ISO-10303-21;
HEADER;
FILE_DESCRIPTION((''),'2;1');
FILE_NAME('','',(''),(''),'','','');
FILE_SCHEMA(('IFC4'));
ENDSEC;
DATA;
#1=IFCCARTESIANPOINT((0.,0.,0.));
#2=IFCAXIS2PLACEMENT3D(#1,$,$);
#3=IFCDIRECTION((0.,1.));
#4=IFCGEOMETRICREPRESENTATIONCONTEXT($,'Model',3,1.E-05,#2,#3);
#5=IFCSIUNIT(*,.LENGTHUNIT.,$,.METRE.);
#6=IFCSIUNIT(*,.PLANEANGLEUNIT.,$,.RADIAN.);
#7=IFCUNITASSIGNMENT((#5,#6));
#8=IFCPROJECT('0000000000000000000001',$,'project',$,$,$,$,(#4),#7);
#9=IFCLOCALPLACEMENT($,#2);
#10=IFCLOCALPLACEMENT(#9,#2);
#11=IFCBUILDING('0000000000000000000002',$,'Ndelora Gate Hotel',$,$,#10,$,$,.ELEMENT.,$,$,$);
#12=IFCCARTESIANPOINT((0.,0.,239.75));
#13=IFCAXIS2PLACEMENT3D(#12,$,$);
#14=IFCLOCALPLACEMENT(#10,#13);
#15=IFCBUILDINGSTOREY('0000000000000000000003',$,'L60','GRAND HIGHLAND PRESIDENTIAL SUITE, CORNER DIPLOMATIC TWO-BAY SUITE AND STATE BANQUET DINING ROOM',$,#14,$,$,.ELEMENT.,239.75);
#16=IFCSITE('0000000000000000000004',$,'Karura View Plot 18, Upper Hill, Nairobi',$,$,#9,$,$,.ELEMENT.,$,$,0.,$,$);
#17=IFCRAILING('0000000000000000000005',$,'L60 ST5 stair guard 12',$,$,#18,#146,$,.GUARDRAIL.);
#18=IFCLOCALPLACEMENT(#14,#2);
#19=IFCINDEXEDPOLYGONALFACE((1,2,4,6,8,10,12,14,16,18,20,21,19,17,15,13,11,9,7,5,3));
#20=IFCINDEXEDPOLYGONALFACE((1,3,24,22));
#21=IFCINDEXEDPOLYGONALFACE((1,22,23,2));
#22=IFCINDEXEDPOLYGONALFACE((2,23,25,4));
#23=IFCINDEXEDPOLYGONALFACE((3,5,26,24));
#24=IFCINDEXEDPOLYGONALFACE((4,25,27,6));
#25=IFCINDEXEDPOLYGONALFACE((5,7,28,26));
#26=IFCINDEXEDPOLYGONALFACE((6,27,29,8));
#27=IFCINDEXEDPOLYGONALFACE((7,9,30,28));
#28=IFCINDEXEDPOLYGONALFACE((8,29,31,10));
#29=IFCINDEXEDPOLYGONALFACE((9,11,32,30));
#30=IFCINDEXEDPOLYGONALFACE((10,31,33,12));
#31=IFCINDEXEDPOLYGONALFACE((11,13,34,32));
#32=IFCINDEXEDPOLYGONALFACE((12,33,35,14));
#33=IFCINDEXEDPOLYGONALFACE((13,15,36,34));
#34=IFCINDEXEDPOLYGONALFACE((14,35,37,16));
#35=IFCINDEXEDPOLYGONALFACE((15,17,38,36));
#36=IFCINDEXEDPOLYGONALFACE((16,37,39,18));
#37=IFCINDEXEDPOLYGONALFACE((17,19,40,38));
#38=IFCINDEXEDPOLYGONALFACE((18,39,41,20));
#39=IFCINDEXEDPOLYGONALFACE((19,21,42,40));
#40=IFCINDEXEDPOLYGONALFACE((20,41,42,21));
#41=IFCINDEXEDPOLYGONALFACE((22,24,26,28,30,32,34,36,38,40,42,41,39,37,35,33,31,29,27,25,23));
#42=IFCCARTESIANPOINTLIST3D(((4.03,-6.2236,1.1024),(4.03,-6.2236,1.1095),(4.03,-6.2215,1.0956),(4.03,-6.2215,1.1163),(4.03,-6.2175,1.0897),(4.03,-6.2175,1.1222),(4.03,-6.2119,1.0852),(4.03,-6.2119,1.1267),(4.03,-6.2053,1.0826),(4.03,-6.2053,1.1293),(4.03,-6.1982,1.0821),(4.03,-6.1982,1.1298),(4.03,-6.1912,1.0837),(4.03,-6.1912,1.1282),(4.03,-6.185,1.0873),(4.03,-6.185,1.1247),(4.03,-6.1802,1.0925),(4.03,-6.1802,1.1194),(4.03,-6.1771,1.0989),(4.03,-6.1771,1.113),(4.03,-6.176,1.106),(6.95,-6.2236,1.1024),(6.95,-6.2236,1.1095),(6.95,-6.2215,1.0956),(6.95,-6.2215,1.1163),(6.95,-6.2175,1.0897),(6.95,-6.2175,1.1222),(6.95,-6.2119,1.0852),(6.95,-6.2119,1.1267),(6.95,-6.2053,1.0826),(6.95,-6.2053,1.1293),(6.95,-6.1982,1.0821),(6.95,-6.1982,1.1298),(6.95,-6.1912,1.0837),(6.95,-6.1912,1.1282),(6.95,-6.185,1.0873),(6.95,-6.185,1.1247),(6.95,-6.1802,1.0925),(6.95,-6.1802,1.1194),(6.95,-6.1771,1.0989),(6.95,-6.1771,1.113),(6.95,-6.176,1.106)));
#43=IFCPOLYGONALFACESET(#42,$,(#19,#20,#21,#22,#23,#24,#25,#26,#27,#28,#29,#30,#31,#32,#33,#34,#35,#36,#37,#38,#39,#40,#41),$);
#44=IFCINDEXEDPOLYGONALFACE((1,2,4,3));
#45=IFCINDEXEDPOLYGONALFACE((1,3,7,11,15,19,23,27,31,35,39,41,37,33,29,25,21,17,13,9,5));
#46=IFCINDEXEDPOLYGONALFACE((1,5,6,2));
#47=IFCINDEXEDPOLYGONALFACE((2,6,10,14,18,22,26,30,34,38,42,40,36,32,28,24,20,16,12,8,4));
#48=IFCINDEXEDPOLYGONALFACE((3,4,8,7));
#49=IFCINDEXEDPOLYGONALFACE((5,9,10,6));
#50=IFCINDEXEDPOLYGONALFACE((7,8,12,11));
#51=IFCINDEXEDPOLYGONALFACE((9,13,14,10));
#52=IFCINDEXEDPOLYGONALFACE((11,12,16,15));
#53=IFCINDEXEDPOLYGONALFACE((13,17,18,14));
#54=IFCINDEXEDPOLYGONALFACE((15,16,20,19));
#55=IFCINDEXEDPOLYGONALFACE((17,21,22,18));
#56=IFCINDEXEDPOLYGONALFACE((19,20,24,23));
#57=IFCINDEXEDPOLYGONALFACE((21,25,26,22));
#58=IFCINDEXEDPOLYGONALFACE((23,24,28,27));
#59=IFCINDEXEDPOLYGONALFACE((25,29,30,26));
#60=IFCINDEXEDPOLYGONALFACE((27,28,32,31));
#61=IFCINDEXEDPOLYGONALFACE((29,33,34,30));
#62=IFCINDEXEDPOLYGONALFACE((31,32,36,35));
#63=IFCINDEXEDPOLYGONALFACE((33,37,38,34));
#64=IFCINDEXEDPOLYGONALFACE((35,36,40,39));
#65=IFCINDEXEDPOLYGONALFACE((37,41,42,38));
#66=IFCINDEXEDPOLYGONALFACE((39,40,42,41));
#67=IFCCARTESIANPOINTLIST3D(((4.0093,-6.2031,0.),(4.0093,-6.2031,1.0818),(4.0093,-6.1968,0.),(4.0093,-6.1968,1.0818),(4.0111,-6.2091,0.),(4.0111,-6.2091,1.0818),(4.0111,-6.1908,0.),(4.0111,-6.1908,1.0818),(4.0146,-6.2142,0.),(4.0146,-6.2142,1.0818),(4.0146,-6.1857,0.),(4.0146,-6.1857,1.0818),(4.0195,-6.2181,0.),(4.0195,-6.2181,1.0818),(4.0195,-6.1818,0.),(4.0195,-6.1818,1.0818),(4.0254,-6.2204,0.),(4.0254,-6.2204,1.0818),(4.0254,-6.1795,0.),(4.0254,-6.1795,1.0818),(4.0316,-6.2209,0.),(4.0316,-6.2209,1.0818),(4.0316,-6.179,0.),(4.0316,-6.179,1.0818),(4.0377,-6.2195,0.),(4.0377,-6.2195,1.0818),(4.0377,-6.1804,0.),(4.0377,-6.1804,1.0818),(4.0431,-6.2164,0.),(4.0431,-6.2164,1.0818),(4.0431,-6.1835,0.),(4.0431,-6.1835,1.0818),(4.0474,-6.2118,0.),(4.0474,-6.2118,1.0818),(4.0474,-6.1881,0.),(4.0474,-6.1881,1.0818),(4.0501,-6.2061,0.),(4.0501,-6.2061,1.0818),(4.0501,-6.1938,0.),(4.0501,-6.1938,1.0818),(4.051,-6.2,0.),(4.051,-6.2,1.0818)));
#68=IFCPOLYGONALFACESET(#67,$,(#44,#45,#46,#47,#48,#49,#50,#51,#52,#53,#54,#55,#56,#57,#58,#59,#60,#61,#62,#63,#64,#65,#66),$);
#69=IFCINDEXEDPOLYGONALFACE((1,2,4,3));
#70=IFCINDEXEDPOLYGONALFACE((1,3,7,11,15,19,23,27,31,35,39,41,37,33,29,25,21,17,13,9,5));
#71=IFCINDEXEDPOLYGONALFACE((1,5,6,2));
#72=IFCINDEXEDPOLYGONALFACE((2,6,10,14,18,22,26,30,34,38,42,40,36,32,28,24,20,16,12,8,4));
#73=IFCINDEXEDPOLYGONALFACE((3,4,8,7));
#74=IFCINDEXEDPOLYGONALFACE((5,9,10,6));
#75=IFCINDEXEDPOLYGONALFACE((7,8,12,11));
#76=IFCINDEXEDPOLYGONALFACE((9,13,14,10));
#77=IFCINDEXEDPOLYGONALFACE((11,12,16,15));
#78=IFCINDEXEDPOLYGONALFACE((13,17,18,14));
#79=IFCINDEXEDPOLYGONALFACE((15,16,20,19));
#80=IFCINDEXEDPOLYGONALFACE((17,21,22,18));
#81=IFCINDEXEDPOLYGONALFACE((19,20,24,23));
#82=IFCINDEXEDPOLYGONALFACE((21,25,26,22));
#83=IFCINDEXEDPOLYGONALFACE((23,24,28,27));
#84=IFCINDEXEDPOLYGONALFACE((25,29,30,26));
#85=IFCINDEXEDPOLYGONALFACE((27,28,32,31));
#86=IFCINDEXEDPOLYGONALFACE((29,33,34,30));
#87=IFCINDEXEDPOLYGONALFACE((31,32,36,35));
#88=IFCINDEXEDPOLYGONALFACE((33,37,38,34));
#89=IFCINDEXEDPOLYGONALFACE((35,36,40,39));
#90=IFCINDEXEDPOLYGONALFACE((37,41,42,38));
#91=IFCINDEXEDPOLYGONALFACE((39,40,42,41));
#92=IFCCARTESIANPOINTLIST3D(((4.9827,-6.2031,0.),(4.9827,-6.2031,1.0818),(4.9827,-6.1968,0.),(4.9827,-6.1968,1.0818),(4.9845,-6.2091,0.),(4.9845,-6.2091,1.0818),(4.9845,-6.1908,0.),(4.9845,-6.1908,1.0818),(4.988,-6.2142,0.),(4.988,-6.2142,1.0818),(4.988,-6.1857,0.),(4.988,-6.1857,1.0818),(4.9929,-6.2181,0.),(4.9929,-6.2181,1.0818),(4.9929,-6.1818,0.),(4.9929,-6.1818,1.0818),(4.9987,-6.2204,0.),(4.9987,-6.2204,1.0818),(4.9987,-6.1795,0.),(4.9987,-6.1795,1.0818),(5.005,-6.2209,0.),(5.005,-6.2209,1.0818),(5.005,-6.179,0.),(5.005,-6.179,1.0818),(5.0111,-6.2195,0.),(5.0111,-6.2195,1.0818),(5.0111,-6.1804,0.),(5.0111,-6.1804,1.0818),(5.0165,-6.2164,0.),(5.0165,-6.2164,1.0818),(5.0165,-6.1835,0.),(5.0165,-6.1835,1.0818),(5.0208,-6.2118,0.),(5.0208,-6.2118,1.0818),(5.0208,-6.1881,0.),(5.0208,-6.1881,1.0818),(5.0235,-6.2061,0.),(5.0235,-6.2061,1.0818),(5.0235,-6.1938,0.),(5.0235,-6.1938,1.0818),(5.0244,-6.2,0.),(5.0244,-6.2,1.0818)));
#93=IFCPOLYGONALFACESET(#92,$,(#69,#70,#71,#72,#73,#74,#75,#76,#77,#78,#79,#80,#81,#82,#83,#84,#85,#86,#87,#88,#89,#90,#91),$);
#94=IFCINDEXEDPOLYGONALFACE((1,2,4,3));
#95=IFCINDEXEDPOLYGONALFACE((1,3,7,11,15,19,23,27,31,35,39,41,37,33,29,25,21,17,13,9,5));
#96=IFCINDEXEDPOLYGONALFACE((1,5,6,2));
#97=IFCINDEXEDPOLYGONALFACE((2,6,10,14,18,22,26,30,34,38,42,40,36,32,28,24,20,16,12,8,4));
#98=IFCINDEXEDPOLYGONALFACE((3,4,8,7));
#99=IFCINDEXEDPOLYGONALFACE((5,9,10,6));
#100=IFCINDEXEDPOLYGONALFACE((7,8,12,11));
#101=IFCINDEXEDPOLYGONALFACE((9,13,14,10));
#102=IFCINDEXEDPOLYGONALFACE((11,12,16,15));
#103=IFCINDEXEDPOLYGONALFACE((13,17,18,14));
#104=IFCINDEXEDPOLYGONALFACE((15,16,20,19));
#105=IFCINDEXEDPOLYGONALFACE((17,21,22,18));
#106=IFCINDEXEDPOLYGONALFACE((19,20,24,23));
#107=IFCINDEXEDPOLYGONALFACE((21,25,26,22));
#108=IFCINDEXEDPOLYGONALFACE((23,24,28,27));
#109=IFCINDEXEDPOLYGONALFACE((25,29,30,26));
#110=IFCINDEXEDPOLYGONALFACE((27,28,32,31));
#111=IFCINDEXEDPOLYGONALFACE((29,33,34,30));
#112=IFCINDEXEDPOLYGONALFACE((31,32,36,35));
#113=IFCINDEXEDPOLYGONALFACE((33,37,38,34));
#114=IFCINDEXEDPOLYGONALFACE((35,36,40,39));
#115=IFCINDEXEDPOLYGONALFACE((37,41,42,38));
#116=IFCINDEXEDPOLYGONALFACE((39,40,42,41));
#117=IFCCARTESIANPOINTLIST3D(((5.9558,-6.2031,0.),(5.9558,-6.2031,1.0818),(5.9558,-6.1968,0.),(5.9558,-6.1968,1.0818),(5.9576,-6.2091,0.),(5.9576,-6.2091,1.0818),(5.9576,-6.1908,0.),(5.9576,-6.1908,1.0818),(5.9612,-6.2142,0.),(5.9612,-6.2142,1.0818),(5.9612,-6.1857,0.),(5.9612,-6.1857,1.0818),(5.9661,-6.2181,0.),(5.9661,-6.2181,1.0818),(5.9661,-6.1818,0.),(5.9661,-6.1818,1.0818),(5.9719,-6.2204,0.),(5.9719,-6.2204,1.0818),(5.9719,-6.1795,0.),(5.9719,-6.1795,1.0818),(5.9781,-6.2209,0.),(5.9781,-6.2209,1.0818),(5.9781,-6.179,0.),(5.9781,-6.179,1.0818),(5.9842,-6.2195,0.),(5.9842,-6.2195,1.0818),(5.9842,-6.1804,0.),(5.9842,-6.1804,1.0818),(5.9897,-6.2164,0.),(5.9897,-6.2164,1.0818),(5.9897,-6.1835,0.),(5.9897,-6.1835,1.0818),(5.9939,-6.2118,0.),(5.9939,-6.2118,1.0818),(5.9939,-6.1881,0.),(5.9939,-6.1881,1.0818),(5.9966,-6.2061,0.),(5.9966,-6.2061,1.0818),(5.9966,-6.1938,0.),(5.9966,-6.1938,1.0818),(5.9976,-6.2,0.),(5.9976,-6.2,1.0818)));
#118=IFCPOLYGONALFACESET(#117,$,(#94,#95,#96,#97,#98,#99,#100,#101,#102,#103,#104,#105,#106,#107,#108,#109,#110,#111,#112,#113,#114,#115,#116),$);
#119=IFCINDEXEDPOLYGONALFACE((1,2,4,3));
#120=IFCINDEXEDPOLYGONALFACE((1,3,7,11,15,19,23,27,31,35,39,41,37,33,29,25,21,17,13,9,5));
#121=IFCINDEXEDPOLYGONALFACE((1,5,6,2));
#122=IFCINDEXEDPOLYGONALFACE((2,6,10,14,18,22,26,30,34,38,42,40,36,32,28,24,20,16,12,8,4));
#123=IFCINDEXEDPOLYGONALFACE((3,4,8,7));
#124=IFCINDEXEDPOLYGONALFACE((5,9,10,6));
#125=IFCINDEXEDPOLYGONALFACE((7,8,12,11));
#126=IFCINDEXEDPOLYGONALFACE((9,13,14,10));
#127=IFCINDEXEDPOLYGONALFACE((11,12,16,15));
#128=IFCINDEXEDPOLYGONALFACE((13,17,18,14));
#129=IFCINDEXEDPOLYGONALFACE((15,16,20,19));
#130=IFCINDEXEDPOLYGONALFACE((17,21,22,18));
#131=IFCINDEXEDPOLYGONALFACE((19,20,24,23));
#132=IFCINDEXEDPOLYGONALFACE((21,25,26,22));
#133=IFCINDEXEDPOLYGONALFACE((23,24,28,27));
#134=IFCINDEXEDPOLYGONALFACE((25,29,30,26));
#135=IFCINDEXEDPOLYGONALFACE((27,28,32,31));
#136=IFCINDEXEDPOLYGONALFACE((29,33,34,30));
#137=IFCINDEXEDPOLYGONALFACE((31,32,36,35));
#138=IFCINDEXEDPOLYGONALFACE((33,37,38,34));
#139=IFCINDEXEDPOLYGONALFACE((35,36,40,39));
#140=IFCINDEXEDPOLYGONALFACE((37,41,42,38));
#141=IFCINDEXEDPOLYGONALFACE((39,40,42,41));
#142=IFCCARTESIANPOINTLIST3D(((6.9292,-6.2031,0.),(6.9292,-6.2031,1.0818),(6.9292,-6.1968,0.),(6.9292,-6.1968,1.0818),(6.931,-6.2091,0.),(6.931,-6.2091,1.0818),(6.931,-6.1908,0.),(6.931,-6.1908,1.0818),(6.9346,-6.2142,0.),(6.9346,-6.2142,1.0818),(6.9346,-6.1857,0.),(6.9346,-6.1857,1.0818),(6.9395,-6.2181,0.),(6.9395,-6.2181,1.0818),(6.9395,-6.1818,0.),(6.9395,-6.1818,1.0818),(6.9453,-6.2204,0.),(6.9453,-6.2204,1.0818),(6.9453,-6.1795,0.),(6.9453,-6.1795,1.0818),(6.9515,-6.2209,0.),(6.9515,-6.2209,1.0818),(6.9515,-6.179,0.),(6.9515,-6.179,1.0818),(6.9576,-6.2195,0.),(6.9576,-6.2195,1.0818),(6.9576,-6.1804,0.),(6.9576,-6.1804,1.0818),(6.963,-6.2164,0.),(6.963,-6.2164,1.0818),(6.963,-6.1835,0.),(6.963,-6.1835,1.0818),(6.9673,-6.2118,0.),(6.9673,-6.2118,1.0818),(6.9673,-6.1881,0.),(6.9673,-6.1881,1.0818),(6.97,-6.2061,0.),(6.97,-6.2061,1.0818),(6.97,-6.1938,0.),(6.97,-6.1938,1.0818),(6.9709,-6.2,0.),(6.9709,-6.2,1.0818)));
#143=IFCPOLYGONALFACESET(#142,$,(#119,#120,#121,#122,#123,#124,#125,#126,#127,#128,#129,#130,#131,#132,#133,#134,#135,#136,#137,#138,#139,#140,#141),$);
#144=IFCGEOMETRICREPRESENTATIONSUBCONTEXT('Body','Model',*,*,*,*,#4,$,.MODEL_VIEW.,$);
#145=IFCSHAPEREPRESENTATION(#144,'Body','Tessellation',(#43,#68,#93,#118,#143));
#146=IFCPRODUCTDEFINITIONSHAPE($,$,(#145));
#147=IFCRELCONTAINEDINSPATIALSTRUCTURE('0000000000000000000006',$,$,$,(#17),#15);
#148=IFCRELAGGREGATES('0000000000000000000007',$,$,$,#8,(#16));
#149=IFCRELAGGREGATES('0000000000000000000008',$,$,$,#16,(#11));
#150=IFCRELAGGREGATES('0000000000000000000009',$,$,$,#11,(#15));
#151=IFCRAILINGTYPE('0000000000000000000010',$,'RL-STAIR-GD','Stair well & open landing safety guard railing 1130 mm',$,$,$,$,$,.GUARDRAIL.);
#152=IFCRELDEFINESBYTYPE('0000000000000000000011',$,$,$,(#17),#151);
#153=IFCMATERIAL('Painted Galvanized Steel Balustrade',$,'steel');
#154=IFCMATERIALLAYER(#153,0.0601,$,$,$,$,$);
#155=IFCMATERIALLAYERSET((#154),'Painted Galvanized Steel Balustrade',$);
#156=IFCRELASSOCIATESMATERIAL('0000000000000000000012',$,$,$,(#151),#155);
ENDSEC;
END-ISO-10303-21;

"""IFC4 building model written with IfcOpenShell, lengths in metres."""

from ifc_helpers import new_model, si_unit, direction, frame, origin, origin_2d, place, context, subcontext, project, spatial, circle, extrude, material, layer, layer_set, type_object, element, save


model = new_model("IFC4")

# Units and contexts
model_context = context("Model", 3, precision=1e-05, world=origin(), true_north=direction((0.0, 1.0)))
body_context = subcontext(model_context, "Body", "Model", "MODEL_VIEW")
ifc_project = project(units=[si_unit("LENGTHUNIT", "METRE"), si_unit("PLANEANGLEUNIT", "RADIAN")], contexts=[model_context])

# Site, building, storey
site_placement = place(None, origin())
site = spatial("IfcSite", under=ifc_project, at=site_placement, Name="Karura View Plot 18, Upper Hill, Nairobi", CompositionType="ELEMENT", RefElevation=0.0)
building_placement = place(site_placement, origin())
building = spatial("IfcBuilding", under=site, at=building_placement, Name="Ndelora Gate Hotel", CompositionType="ELEMENT")
storey_placement = place(building_placement, frame((0.0, 0.0, 239.75)))
storey = spatial("IfcBuildingStorey", under=building, at=storey_placement, Name="L60", Description="GRAND HIGHLAND PRESIDENTIAL SUITE, CORNER DIPLOMATIC TWO-BAY SUITE AND STATE BANQUET DINING ROOM", CompositionType="ELEMENT", Elevation=239.75)

# Railing
ifc_material_1 = material(Name="Painted Galvanized Steel Balustrade", Category="steel")
ifc_layer_1 = layer(ifc_material_1, 0.0601)
ifc_layer_set_1 = layer_set([ifc_layer_1], Name="Painted Galvanized Steel Balustrade")
railing_type_1 = type_object("IfcRailingType", Name="RL-STAIR-GD", Description="Stair well & open landing safety guard railing 1130 mm", PredefinedType="GUARDRAIL", material=ifc_layer_set_1)
railing_1_placement = place(storey_placement, frame((4.03, -6.2, 0.0)))
element("IfcRailing", 1, at=railing_1_placement, inside=storey, type_object=railing_type_1, Name="L60 ST5 stair guard 12", PredefinedType="GUARDRAIL", context=body_context, shape_type="SweptSolid", body=[
    extrude(circle(Radius=0.0239, at=origin_2d()), frame((0.0, 0.0, 1.106), z_axis=(1.0, 0.0, 0.0), x_axis=(0.0, 1.0, 0.0)), (0.0, 0.0, 1.0), 2.9199),
    extrude(circle(Radius=0.021, at=origin_2d()), origin(), (0.0, 0.0, 1.0), 1.0818),
    extrude(circle(Radius=0.021, at=origin_2d()), frame((0.9734, 0.0, 0.0)), (0.0, 0.0, 1.0), 1.0818),
    extrude(circle(Radius=0.021, at=origin_2d()), frame((1.9465, 0.0, 0.0)), (0.0, 0.0, 1.0), 1.0818),
    extrude(circle(Radius=0.021, at=origin_2d()), frame((2.9199, 0.0, 0.0)), (0.0, 0.0, 1.0), 1.0818),
])

save(model, "model.ifc")
